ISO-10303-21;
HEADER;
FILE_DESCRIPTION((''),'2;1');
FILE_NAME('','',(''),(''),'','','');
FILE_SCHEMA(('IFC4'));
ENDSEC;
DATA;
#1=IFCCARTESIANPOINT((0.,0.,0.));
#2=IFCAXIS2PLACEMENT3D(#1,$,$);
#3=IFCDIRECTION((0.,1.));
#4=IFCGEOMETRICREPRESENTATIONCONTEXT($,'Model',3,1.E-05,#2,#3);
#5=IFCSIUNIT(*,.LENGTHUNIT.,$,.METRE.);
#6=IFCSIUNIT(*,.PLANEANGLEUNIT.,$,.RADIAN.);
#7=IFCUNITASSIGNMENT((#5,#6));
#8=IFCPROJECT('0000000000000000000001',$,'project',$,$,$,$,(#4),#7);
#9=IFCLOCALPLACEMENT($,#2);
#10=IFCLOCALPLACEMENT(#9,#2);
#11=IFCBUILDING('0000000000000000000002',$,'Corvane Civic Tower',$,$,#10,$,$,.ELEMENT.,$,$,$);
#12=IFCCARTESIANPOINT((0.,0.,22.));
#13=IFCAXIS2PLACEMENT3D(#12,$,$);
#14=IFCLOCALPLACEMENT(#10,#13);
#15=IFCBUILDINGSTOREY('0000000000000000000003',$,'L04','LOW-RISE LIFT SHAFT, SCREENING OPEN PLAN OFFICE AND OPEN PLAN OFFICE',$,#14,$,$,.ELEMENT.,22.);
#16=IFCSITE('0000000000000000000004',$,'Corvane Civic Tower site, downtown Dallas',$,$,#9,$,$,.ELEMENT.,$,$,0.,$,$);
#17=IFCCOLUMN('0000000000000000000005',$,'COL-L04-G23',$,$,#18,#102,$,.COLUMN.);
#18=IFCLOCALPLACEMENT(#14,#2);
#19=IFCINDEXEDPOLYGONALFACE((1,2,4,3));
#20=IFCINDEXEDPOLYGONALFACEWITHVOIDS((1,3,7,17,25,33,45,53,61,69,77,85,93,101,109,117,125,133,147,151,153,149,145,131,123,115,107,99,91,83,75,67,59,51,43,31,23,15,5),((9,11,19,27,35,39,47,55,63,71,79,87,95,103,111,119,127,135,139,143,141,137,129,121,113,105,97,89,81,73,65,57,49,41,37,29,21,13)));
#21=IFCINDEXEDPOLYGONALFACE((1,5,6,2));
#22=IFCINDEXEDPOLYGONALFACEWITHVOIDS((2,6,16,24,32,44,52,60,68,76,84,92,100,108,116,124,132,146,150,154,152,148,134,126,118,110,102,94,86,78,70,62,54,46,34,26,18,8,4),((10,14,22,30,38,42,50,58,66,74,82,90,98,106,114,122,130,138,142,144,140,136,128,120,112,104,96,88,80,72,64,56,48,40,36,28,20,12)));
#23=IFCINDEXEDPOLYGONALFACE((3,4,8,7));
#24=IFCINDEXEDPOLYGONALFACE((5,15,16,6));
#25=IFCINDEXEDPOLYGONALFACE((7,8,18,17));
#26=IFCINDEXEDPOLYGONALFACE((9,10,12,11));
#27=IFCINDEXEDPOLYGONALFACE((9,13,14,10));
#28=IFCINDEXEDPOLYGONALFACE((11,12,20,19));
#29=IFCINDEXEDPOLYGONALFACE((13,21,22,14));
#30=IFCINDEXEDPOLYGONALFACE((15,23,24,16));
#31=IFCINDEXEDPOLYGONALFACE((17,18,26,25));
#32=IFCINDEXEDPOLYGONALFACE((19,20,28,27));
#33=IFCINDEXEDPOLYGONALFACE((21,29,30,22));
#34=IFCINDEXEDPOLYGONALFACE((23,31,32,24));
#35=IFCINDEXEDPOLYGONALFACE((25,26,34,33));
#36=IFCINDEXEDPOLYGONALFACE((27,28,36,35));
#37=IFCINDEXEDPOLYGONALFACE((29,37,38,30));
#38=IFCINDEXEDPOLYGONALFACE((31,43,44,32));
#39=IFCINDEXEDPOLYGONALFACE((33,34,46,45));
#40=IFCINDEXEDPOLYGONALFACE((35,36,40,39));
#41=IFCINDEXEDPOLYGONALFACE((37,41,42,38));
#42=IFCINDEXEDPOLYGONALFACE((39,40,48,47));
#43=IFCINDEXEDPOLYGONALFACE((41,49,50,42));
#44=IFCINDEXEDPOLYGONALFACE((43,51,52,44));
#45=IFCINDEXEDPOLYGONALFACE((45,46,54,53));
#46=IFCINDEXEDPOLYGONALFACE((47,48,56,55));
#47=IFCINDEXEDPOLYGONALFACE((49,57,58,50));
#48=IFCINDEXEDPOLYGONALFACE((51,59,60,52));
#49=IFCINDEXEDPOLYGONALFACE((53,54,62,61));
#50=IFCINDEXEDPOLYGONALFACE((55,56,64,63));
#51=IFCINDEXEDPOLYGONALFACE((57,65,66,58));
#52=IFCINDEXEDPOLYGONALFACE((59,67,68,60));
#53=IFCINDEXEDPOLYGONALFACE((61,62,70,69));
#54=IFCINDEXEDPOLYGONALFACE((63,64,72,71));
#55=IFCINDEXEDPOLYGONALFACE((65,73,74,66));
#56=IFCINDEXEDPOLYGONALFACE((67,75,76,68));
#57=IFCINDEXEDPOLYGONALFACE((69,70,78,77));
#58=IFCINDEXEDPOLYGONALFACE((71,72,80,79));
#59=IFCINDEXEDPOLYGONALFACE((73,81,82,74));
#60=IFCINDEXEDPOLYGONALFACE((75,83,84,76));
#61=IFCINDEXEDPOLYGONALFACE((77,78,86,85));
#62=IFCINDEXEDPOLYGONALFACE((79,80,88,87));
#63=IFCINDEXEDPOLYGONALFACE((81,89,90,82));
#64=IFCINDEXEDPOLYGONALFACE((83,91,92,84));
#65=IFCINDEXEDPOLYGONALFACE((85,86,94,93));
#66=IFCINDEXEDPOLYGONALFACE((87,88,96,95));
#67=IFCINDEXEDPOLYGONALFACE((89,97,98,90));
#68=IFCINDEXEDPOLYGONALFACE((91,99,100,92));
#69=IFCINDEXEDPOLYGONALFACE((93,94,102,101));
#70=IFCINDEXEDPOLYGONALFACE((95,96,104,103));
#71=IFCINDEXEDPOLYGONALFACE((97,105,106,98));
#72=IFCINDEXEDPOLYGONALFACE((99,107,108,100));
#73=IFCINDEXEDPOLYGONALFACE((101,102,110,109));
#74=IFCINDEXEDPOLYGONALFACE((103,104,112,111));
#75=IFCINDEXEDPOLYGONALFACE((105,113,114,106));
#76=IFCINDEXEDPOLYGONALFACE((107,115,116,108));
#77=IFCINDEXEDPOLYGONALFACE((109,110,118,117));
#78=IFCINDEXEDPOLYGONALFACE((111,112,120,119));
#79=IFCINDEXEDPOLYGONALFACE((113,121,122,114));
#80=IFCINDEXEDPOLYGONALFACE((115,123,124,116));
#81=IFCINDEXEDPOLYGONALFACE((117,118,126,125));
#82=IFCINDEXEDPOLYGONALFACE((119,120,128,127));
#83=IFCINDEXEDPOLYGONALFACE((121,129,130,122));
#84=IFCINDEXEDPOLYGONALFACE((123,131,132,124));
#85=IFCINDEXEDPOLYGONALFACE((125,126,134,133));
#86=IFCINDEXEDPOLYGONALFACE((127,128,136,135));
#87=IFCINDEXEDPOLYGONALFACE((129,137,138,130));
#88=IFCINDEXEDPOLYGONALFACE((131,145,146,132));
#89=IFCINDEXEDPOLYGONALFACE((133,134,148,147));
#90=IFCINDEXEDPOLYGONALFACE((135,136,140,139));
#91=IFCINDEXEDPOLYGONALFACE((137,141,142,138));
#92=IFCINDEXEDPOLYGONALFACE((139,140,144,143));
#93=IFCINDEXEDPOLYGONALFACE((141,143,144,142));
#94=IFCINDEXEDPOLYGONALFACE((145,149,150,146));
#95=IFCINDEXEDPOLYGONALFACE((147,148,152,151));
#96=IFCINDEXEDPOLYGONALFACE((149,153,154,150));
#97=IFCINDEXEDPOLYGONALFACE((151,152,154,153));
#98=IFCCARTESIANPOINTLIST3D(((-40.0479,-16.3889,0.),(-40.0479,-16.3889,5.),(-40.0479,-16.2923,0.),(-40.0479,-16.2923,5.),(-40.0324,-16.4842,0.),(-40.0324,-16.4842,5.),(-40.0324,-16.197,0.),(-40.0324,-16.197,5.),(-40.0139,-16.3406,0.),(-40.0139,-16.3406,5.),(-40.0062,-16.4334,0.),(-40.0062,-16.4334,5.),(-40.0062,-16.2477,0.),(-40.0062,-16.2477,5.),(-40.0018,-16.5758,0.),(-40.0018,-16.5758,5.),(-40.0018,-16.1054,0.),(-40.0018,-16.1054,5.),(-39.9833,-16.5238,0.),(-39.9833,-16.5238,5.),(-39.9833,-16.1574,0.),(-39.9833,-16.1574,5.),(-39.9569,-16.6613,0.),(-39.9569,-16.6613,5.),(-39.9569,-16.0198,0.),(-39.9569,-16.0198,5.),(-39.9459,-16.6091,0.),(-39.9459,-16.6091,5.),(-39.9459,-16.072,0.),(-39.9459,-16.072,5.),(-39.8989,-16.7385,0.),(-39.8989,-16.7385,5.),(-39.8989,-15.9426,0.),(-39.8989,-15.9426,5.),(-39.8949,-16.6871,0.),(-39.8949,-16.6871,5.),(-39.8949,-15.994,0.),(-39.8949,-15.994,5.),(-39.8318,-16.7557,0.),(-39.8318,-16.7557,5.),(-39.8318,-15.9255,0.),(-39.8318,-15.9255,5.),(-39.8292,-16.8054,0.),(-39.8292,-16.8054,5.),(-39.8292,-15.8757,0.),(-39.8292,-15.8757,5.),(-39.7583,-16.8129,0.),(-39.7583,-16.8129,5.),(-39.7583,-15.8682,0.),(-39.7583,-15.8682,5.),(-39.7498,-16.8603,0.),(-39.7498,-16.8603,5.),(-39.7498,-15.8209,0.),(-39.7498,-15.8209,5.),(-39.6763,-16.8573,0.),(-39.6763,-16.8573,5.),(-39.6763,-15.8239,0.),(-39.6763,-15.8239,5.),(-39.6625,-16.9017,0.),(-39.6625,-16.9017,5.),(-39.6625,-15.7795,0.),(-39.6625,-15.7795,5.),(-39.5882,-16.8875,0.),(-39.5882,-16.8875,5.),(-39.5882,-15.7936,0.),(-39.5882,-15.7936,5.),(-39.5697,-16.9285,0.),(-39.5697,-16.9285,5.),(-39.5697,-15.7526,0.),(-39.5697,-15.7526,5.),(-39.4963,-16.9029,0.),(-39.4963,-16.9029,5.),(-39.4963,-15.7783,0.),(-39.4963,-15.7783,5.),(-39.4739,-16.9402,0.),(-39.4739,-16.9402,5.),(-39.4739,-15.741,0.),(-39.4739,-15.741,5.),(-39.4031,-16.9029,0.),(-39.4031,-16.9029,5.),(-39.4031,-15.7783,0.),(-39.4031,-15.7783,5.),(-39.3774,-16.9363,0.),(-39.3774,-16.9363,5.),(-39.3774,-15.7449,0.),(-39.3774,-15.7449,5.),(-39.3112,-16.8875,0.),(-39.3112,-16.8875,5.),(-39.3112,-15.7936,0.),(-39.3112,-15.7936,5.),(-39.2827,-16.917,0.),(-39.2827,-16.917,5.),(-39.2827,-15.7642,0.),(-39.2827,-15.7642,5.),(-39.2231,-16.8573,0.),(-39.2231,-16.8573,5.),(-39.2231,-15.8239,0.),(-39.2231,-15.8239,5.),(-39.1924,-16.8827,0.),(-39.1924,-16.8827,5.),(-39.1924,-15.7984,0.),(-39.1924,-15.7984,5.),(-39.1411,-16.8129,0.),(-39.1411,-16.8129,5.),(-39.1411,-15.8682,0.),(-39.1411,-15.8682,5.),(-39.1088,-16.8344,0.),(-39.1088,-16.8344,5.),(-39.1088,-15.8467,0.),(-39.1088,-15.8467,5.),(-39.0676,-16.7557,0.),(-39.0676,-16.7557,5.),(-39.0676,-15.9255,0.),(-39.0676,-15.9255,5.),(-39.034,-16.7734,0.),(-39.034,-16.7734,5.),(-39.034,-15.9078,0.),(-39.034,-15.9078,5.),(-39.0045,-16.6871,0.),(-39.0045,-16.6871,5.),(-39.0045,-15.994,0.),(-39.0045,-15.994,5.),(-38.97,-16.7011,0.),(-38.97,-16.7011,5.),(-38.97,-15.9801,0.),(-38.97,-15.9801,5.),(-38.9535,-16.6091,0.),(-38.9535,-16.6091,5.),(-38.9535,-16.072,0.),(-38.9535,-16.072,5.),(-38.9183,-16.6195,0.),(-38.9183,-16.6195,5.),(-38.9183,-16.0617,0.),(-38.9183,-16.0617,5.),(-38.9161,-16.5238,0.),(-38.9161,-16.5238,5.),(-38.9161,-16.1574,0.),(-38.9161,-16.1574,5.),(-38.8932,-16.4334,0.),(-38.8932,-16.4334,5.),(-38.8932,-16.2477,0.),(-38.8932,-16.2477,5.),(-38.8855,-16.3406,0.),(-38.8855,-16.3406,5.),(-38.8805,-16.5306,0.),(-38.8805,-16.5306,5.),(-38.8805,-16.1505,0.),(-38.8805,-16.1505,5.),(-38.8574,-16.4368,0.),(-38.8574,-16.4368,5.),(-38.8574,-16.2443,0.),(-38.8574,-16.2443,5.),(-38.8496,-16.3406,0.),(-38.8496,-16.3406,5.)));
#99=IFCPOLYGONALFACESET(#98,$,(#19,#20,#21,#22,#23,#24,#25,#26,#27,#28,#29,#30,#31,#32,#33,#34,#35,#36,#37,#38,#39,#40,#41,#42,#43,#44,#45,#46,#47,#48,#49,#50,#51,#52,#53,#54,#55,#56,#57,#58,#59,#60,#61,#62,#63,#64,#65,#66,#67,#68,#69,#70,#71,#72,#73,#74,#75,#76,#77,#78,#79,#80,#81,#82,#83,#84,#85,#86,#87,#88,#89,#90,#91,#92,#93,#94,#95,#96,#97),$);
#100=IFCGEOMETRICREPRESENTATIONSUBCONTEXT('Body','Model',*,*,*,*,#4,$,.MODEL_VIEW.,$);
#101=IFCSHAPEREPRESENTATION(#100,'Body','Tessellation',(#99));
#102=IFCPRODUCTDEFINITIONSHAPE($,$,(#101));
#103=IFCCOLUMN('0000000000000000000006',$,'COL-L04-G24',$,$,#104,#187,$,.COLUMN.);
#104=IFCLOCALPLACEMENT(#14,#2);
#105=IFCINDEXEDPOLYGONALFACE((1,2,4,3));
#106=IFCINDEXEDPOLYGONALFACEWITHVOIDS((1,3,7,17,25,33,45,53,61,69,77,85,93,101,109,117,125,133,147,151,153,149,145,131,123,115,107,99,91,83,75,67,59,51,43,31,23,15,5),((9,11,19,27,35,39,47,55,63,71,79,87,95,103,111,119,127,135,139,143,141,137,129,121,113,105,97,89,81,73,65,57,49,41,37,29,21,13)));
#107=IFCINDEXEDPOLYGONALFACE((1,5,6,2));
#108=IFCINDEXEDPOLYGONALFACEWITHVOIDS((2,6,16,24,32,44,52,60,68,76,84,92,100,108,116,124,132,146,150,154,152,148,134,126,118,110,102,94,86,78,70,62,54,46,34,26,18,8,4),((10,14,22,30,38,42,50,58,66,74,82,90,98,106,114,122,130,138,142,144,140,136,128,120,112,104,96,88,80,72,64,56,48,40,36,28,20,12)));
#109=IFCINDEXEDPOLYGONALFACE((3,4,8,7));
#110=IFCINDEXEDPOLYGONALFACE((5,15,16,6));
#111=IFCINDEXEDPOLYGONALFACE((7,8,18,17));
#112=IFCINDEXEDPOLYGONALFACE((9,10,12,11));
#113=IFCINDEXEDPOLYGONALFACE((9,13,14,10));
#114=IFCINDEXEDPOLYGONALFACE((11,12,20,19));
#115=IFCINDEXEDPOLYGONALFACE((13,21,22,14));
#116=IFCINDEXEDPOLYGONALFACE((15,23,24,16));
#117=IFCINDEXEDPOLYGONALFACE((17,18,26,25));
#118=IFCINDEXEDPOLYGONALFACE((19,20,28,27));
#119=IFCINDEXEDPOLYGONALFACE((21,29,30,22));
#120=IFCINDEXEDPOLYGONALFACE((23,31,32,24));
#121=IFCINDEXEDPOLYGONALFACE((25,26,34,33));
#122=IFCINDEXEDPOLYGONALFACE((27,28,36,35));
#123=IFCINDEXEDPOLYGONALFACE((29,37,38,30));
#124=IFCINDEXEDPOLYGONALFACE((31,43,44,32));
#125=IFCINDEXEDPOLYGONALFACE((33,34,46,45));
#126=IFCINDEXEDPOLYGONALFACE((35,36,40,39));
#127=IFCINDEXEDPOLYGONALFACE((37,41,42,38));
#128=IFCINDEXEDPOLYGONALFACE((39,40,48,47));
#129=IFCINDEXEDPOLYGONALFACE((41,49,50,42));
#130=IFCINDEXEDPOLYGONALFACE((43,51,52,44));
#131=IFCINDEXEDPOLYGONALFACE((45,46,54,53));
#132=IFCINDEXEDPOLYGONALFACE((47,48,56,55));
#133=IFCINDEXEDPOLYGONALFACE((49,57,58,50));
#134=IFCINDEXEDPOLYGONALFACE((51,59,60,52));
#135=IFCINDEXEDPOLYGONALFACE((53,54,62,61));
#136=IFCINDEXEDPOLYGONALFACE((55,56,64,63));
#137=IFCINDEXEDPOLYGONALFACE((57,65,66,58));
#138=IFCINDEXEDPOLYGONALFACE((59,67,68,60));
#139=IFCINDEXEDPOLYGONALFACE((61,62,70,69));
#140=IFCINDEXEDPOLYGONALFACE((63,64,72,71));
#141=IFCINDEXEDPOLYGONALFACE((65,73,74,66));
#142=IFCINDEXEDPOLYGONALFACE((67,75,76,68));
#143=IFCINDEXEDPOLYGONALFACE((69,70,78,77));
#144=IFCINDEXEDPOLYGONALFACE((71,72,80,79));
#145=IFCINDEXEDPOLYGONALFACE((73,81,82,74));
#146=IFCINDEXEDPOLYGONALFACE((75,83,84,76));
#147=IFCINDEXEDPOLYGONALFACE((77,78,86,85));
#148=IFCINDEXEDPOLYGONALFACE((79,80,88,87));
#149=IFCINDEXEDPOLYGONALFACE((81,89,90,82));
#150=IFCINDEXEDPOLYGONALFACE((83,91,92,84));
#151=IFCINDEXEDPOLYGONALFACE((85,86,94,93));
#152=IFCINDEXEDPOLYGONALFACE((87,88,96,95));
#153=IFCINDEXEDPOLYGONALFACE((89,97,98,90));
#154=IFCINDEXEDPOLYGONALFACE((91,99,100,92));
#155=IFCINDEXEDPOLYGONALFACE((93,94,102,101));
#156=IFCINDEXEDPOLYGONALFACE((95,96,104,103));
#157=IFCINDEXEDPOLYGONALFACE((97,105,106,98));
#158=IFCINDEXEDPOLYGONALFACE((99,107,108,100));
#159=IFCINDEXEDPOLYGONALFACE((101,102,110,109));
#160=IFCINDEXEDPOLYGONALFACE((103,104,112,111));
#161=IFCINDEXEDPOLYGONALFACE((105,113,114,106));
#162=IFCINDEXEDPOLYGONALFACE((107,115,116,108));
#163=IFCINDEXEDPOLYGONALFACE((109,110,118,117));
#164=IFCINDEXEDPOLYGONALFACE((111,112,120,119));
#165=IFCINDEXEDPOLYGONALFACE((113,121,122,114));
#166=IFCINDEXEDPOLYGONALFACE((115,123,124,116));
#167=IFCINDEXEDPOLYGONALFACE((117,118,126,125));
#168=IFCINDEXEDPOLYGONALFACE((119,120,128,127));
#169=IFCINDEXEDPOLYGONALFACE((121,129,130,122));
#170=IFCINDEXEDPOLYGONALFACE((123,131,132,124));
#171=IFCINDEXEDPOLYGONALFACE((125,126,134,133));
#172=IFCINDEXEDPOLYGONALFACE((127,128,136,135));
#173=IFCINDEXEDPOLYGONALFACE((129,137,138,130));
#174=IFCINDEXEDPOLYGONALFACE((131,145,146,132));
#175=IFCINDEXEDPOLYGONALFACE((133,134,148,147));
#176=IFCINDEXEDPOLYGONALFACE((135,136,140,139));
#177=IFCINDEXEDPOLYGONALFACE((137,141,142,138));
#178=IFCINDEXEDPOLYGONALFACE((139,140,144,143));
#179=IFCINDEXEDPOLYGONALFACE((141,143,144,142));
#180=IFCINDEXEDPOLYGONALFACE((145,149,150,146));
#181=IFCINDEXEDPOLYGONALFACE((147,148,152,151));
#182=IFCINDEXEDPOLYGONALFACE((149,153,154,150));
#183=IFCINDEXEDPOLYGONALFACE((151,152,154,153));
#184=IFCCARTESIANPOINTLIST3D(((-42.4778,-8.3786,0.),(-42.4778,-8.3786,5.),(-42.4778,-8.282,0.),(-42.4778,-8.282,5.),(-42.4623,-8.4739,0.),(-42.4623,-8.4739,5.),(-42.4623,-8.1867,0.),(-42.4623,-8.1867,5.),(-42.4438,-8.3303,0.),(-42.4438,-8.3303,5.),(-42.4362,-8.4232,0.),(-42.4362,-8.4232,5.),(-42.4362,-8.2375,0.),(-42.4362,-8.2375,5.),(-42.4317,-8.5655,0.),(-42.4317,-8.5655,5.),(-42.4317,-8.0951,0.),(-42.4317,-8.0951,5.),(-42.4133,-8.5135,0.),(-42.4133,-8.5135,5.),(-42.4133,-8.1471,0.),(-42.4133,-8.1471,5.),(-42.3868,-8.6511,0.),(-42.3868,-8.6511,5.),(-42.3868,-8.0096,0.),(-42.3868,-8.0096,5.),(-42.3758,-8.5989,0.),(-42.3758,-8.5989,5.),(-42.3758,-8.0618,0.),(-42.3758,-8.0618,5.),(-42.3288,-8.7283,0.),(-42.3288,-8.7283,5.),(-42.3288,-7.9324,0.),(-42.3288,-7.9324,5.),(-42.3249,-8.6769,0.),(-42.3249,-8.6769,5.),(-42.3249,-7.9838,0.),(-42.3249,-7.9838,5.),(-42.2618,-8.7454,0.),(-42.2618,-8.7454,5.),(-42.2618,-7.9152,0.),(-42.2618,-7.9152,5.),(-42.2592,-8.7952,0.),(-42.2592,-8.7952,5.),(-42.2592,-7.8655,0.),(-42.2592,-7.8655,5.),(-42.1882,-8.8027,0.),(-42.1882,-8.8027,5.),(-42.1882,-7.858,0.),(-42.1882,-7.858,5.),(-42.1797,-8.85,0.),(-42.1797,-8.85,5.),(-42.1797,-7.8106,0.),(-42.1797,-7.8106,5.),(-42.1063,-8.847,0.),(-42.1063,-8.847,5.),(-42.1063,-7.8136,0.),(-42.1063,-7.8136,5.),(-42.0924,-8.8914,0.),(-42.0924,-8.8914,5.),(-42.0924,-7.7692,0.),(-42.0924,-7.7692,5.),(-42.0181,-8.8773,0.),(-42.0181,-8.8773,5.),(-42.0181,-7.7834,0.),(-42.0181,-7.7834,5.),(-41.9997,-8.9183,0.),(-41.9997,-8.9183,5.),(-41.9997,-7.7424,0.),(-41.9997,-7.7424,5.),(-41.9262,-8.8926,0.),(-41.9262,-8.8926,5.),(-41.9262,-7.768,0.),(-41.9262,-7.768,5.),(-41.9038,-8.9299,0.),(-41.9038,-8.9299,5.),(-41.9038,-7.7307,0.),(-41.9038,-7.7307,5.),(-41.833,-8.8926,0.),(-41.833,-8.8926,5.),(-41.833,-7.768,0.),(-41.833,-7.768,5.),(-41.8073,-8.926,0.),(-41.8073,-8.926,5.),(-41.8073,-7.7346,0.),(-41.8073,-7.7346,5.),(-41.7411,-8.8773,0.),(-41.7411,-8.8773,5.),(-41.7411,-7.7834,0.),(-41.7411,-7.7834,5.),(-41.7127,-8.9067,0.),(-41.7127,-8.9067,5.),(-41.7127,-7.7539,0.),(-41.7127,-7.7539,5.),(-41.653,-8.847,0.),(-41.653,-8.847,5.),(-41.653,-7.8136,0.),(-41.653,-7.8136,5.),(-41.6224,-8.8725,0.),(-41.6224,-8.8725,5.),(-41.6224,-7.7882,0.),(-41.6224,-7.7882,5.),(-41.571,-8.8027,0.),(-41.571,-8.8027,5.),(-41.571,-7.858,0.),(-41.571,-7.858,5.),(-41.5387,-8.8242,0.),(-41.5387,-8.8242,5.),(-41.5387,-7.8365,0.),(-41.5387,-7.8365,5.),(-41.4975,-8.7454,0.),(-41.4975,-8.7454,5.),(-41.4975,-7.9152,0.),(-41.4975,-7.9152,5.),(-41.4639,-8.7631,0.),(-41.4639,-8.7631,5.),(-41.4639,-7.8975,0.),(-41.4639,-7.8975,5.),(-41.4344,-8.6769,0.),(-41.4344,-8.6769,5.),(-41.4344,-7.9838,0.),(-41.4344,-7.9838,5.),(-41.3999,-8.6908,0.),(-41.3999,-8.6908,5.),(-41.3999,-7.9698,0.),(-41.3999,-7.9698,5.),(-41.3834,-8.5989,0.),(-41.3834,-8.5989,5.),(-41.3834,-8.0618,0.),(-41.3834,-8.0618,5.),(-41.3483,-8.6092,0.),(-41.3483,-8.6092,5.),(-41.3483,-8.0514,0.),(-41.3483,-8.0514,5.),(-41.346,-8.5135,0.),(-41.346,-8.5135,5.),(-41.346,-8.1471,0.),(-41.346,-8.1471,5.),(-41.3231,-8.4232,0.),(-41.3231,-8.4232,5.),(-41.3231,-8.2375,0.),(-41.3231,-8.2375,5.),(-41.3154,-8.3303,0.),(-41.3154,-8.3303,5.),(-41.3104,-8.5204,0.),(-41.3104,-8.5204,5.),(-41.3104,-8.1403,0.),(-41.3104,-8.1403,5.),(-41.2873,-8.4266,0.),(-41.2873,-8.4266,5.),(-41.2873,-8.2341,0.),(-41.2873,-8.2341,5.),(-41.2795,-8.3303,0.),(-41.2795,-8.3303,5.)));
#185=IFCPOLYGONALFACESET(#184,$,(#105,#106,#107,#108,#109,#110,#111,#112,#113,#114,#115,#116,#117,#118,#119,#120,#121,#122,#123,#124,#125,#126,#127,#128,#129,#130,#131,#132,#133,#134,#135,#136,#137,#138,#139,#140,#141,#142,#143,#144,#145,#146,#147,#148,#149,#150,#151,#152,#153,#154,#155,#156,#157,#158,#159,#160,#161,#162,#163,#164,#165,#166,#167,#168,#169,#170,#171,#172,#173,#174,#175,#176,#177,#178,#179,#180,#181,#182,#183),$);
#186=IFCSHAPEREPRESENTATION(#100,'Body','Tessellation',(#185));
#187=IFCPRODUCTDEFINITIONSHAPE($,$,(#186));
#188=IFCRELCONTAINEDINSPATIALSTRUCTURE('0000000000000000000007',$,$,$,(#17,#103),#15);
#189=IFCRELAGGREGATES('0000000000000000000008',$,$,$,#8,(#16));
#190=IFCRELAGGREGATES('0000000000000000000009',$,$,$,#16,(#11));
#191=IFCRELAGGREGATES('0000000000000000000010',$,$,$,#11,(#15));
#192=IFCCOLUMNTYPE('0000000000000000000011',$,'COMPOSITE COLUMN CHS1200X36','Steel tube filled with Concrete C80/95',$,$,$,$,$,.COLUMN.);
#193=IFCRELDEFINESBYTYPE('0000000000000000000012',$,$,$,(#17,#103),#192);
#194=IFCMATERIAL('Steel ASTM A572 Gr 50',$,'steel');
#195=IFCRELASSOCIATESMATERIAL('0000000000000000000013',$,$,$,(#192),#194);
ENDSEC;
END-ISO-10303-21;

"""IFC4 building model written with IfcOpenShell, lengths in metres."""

from ifc_helpers import new_model, si_unit, direction, frame, origin, origin_2d, place, context, subcontext, project, spatial, hollow_circle, extrude, material, material_profile, profile_set, type_object, element, save


model = new_model("IFC4")

# Units and contexts
model_context = context("Model", 3, precision=1e-05, world=origin(), true_north=direction((0.0, 1.0)))
body_context = subcontext(model_context, "Body", "Model", "MODEL_VIEW")
ifc_project = project(units=[si_unit("LENGTHUNIT", "METRE"), si_unit("PLANEANGLEUNIT", "RADIAN")], contexts=[model_context])

# Site, building, storey
site_placement = place(None, origin())
site = spatial("IfcSite", under=ifc_project, at=site_placement, Name="Corvane Civic Tower site, downtown Dallas", CompositionType="ELEMENT", RefElevation=0.0)
building_placement = place(site_placement, origin())
building = spatial("IfcBuilding", under=site, at=building_placement, Name="Corvane Civic Tower", CompositionType="ELEMENT")
storey_placement = place(building_placement, frame((0.0, 0.0, 22.0)))
storey = spatial("IfcBuildingStorey", under=building, at=storey_placement, Name="L04", Description="LOW-RISE LIFT SHAFT, SCREENING OPEN PLAN OFFICE AND OPEN PLAN OFFICE", CompositionType="ELEMENT", Elevation=22.0)

# Columns
ifc_material_1 = material(Name="Steel ASTM A572 Gr 50", Category="steel")
ifc_material_profile_1 = material_profile(ifc_material_1, hollow_circle(Radius=0.6001, WallThickness=0.0359, at=origin_2d()), Name="CHS1200X36")
ifc_profile_set_1 = profile_set([ifc_material_profile_1], Name="Steel ASTM A572 Gr 50")
column_type_1 = type_object("IfcColumnType", Name="COMPOSITE COLUMN CHS1200X36", Description="Steel tube filled with Concrete C80/95", PredefinedType="COLUMN", material=ifc_profile_set_1)
for number, where, z_axis, x_axis, name in (
    (1, (-39.4497, -16.3406, 0.0), (0.0, 0.0, 1.0), (1.0, 0.0, 0.0), "COL-L04-G23"),
    (2, (-41.8796, -8.3303, 0.0), (0.0, 0.0, 1.0), (1.0, 0.0, 0.0), "COL-L04-G24"),
):
    element("IfcColumn", number, at=place(storey_placement, frame(where, z_axis=z_axis, x_axis=x_axis)), inside=storey, type_object=column_type_1, Name=name, PredefinedType="COLUMN", context=body_context, shape_type="SweptSolid", body=[
        extrude(hollow_circle(Radius=0.6001, WallThickness=0.0359, at=origin_2d()), origin(), (0.0, 0.0, 1.0), 5.0),
    ])

save(model, "model.ifc")
